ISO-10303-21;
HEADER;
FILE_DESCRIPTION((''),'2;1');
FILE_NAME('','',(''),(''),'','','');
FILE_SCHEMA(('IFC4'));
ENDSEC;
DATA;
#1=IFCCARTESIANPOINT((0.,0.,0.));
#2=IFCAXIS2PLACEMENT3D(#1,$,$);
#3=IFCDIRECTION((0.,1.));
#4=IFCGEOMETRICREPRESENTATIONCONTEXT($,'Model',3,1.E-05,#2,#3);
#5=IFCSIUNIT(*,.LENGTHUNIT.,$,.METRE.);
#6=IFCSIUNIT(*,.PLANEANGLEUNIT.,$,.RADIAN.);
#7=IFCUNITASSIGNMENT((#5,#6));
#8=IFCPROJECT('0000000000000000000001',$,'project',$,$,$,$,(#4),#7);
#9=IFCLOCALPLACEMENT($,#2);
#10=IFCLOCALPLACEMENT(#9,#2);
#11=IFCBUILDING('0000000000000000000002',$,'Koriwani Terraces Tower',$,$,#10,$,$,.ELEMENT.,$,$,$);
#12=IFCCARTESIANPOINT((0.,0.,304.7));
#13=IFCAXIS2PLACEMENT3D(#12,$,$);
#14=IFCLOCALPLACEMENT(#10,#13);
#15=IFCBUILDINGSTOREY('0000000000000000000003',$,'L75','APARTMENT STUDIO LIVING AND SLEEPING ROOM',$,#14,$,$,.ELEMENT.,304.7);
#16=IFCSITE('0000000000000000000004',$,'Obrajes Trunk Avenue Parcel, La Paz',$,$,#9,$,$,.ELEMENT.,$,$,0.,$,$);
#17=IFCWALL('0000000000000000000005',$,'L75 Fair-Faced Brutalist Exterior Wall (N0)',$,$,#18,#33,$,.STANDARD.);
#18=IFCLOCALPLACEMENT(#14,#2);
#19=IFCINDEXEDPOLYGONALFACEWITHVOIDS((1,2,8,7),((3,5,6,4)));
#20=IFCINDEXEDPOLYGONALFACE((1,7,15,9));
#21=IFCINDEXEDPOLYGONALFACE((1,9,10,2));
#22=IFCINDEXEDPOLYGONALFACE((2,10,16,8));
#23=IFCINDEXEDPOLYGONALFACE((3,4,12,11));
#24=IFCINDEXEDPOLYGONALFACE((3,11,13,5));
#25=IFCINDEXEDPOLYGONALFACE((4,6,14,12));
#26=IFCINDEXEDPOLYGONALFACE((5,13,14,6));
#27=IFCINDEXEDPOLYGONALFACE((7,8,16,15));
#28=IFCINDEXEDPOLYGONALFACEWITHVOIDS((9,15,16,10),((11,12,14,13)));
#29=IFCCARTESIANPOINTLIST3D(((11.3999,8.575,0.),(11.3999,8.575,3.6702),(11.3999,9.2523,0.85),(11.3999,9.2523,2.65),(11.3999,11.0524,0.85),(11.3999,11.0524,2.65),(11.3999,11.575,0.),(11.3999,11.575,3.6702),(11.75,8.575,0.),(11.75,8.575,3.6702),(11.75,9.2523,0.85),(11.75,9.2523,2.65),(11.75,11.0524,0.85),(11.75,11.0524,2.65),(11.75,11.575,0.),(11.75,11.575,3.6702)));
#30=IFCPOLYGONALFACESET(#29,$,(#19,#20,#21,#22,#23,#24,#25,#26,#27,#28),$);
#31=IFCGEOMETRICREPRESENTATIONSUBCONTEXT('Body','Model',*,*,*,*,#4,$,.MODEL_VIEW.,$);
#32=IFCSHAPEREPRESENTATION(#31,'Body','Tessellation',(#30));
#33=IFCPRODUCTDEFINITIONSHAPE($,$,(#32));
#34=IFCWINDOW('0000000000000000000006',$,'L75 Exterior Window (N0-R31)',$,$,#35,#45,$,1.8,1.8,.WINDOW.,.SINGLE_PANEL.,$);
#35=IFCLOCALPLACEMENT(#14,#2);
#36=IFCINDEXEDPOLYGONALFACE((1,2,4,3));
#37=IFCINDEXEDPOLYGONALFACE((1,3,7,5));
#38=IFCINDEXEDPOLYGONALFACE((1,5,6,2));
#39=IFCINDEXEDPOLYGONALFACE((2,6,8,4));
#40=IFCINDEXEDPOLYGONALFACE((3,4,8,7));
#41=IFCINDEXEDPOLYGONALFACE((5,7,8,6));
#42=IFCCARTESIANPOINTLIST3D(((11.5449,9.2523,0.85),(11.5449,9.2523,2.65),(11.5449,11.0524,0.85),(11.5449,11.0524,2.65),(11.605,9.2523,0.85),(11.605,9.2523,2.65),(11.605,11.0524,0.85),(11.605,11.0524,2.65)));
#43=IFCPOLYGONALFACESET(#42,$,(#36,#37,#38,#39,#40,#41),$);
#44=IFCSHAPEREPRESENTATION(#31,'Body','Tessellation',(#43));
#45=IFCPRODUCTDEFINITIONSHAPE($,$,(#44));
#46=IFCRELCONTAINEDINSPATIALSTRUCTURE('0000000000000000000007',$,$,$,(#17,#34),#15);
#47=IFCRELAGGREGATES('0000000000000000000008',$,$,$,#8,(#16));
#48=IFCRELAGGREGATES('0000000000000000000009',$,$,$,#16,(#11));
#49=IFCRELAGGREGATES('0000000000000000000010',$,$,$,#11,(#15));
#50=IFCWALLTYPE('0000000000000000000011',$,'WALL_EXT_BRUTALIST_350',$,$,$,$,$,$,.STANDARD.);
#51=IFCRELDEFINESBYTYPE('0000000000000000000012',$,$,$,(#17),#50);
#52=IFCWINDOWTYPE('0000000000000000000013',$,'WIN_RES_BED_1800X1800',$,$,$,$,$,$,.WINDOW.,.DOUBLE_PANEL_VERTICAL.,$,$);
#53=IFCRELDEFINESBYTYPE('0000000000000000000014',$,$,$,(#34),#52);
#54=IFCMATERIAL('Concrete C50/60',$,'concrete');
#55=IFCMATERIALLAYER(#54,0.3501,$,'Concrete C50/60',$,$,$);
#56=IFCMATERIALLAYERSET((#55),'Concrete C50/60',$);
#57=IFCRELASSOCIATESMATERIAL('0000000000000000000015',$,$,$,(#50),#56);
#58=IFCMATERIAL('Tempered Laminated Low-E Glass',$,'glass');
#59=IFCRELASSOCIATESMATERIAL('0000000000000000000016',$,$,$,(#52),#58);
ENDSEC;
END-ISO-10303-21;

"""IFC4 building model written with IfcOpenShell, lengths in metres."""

from ifc_helpers import new_model, si_unit, direction, frame, frame_2d, origin, place, context, subcontext, project, spatial, rectangle, extrude, material, layer, layer_set, type_object, element, fill, save


model = new_model("IFC4")

# Units and contexts
model_context = context("Model", 3, precision=1e-05, world=origin(), true_north=direction((0.0, 1.0)))
body_context = subcontext(model_context, "Body", "Model", "MODEL_VIEW")
ifc_project = project(units=[si_unit("LENGTHUNIT", "METRE"), si_unit("PLANEANGLEUNIT", "RADIAN")], contexts=[model_context])

# Site, building, storey
site_placement = place(None, origin())
site = spatial("IfcSite", under=ifc_project, at=site_placement, Name="Obrajes Trunk Avenue Parcel, La Paz", CompositionType="ELEMENT", RefElevation=0.0)
building_placement = place(site_placement, origin())
building = spatial("IfcBuilding", under=site, at=building_placement, Name="Koriwani Terraces Tower", CompositionType="ELEMENT")
storey_placement = place(building_placement, frame((0.0, 0.0, 304.7)))
storey = spatial("IfcBuildingStorey", under=building, at=storey_placement, Name="L75", Description="APARTMENT STUDIO LIVING AND SLEEPING ROOM", CompositionType="ELEMENT", Elevation=304.7)

# Shared definitions
ifc_material_1 = material(Name="Concrete C50/60", Category="concrete")

# Wall, opening, window
ifc_layer_1 = layer(ifc_material_1, 0.3501, Name="Concrete C50/60")
ifc_layer_set_1 = layer_set([ifc_layer_1], Name="Concrete C50/60")
wall_type_1 = type_object("IfcWallType", Name="WALL_EXT_BRUTALIST_350", PredefinedType="STANDARD", material=ifc_layer_set_1)
wall_placement = place(storey_placement, frame((11.575, 8.575, 0.0), z_axis=(0.0, 0.0, 1.0), x_axis=(0.0, 1.0, 0.0)))
wall = element("IfcWall", 1, at=wall_placement, inside=storey, type_object=wall_type_1, Name="L75 Fair-Faced Brutalist Exterior Wall (N0)", PredefinedType="STANDARD", context=body_context, shape_type="SweptSolid", body=[
    extrude(rectangle(XDim=3.0, YDim=0.3501, at=frame_2d((1.5, 0.0))), origin(), (0.0, 0.0, 1.0), 3.6702),
])
opening_placement = place(wall_placement, frame((0.6775, 0.0, 0.8501)))
opening = element("IfcOpeningElement", 2, at=opening_placement, cuts=wall, PredefinedType="OPENING", context=body_context, shape_type="SweptSolid", body=[
    extrude(rectangle(XDim=1.8, YDim=1.8, at=frame_2d((0.8999, 0.8999))), frame((0.0, 0.1851, 0.0), z_axis=(0.0, -1.0, 0.0), x_axis=(1.0, 0.0, 0.0)), (0.0, 0.0, 1.0), 0.3701),
])
ifc_material_2 = material(Name="Tempered Laminated Low-E Glass", Category="glass")
window_type = type_object("IfcWindowType", Name="WIN_RES_BED_1800X1800", PartitioningType="DOUBLE_PANEL_VERTICAL", PredefinedType="WINDOW", material=ifc_material_2)
window_placement = place(opening_placement, origin())
window = element("IfcWindow", 3, at=window_placement, inside=storey, type_object=window_type, Name="L75 Exterior Window (N0-R31)", OverallHeight=1.8, OverallWidth=1.8, PartitioningType="SINGLE_PANEL", PredefinedType="WINDOW", context=body_context, shape_type="SweptSolid", body=[
    extrude(rectangle(XDim=1.8, YDim=1.8, at=frame_2d((0.8999, 0.8999))), frame((0.0, 0.03, 0.0), z_axis=(0.0, -1.0, 0.0), x_axis=(1.0, 0.0, 0.0)), (0.0, 0.0, 1.0), 0.0601),
])
fill(opening, window)

save(model, "model.ifc")
